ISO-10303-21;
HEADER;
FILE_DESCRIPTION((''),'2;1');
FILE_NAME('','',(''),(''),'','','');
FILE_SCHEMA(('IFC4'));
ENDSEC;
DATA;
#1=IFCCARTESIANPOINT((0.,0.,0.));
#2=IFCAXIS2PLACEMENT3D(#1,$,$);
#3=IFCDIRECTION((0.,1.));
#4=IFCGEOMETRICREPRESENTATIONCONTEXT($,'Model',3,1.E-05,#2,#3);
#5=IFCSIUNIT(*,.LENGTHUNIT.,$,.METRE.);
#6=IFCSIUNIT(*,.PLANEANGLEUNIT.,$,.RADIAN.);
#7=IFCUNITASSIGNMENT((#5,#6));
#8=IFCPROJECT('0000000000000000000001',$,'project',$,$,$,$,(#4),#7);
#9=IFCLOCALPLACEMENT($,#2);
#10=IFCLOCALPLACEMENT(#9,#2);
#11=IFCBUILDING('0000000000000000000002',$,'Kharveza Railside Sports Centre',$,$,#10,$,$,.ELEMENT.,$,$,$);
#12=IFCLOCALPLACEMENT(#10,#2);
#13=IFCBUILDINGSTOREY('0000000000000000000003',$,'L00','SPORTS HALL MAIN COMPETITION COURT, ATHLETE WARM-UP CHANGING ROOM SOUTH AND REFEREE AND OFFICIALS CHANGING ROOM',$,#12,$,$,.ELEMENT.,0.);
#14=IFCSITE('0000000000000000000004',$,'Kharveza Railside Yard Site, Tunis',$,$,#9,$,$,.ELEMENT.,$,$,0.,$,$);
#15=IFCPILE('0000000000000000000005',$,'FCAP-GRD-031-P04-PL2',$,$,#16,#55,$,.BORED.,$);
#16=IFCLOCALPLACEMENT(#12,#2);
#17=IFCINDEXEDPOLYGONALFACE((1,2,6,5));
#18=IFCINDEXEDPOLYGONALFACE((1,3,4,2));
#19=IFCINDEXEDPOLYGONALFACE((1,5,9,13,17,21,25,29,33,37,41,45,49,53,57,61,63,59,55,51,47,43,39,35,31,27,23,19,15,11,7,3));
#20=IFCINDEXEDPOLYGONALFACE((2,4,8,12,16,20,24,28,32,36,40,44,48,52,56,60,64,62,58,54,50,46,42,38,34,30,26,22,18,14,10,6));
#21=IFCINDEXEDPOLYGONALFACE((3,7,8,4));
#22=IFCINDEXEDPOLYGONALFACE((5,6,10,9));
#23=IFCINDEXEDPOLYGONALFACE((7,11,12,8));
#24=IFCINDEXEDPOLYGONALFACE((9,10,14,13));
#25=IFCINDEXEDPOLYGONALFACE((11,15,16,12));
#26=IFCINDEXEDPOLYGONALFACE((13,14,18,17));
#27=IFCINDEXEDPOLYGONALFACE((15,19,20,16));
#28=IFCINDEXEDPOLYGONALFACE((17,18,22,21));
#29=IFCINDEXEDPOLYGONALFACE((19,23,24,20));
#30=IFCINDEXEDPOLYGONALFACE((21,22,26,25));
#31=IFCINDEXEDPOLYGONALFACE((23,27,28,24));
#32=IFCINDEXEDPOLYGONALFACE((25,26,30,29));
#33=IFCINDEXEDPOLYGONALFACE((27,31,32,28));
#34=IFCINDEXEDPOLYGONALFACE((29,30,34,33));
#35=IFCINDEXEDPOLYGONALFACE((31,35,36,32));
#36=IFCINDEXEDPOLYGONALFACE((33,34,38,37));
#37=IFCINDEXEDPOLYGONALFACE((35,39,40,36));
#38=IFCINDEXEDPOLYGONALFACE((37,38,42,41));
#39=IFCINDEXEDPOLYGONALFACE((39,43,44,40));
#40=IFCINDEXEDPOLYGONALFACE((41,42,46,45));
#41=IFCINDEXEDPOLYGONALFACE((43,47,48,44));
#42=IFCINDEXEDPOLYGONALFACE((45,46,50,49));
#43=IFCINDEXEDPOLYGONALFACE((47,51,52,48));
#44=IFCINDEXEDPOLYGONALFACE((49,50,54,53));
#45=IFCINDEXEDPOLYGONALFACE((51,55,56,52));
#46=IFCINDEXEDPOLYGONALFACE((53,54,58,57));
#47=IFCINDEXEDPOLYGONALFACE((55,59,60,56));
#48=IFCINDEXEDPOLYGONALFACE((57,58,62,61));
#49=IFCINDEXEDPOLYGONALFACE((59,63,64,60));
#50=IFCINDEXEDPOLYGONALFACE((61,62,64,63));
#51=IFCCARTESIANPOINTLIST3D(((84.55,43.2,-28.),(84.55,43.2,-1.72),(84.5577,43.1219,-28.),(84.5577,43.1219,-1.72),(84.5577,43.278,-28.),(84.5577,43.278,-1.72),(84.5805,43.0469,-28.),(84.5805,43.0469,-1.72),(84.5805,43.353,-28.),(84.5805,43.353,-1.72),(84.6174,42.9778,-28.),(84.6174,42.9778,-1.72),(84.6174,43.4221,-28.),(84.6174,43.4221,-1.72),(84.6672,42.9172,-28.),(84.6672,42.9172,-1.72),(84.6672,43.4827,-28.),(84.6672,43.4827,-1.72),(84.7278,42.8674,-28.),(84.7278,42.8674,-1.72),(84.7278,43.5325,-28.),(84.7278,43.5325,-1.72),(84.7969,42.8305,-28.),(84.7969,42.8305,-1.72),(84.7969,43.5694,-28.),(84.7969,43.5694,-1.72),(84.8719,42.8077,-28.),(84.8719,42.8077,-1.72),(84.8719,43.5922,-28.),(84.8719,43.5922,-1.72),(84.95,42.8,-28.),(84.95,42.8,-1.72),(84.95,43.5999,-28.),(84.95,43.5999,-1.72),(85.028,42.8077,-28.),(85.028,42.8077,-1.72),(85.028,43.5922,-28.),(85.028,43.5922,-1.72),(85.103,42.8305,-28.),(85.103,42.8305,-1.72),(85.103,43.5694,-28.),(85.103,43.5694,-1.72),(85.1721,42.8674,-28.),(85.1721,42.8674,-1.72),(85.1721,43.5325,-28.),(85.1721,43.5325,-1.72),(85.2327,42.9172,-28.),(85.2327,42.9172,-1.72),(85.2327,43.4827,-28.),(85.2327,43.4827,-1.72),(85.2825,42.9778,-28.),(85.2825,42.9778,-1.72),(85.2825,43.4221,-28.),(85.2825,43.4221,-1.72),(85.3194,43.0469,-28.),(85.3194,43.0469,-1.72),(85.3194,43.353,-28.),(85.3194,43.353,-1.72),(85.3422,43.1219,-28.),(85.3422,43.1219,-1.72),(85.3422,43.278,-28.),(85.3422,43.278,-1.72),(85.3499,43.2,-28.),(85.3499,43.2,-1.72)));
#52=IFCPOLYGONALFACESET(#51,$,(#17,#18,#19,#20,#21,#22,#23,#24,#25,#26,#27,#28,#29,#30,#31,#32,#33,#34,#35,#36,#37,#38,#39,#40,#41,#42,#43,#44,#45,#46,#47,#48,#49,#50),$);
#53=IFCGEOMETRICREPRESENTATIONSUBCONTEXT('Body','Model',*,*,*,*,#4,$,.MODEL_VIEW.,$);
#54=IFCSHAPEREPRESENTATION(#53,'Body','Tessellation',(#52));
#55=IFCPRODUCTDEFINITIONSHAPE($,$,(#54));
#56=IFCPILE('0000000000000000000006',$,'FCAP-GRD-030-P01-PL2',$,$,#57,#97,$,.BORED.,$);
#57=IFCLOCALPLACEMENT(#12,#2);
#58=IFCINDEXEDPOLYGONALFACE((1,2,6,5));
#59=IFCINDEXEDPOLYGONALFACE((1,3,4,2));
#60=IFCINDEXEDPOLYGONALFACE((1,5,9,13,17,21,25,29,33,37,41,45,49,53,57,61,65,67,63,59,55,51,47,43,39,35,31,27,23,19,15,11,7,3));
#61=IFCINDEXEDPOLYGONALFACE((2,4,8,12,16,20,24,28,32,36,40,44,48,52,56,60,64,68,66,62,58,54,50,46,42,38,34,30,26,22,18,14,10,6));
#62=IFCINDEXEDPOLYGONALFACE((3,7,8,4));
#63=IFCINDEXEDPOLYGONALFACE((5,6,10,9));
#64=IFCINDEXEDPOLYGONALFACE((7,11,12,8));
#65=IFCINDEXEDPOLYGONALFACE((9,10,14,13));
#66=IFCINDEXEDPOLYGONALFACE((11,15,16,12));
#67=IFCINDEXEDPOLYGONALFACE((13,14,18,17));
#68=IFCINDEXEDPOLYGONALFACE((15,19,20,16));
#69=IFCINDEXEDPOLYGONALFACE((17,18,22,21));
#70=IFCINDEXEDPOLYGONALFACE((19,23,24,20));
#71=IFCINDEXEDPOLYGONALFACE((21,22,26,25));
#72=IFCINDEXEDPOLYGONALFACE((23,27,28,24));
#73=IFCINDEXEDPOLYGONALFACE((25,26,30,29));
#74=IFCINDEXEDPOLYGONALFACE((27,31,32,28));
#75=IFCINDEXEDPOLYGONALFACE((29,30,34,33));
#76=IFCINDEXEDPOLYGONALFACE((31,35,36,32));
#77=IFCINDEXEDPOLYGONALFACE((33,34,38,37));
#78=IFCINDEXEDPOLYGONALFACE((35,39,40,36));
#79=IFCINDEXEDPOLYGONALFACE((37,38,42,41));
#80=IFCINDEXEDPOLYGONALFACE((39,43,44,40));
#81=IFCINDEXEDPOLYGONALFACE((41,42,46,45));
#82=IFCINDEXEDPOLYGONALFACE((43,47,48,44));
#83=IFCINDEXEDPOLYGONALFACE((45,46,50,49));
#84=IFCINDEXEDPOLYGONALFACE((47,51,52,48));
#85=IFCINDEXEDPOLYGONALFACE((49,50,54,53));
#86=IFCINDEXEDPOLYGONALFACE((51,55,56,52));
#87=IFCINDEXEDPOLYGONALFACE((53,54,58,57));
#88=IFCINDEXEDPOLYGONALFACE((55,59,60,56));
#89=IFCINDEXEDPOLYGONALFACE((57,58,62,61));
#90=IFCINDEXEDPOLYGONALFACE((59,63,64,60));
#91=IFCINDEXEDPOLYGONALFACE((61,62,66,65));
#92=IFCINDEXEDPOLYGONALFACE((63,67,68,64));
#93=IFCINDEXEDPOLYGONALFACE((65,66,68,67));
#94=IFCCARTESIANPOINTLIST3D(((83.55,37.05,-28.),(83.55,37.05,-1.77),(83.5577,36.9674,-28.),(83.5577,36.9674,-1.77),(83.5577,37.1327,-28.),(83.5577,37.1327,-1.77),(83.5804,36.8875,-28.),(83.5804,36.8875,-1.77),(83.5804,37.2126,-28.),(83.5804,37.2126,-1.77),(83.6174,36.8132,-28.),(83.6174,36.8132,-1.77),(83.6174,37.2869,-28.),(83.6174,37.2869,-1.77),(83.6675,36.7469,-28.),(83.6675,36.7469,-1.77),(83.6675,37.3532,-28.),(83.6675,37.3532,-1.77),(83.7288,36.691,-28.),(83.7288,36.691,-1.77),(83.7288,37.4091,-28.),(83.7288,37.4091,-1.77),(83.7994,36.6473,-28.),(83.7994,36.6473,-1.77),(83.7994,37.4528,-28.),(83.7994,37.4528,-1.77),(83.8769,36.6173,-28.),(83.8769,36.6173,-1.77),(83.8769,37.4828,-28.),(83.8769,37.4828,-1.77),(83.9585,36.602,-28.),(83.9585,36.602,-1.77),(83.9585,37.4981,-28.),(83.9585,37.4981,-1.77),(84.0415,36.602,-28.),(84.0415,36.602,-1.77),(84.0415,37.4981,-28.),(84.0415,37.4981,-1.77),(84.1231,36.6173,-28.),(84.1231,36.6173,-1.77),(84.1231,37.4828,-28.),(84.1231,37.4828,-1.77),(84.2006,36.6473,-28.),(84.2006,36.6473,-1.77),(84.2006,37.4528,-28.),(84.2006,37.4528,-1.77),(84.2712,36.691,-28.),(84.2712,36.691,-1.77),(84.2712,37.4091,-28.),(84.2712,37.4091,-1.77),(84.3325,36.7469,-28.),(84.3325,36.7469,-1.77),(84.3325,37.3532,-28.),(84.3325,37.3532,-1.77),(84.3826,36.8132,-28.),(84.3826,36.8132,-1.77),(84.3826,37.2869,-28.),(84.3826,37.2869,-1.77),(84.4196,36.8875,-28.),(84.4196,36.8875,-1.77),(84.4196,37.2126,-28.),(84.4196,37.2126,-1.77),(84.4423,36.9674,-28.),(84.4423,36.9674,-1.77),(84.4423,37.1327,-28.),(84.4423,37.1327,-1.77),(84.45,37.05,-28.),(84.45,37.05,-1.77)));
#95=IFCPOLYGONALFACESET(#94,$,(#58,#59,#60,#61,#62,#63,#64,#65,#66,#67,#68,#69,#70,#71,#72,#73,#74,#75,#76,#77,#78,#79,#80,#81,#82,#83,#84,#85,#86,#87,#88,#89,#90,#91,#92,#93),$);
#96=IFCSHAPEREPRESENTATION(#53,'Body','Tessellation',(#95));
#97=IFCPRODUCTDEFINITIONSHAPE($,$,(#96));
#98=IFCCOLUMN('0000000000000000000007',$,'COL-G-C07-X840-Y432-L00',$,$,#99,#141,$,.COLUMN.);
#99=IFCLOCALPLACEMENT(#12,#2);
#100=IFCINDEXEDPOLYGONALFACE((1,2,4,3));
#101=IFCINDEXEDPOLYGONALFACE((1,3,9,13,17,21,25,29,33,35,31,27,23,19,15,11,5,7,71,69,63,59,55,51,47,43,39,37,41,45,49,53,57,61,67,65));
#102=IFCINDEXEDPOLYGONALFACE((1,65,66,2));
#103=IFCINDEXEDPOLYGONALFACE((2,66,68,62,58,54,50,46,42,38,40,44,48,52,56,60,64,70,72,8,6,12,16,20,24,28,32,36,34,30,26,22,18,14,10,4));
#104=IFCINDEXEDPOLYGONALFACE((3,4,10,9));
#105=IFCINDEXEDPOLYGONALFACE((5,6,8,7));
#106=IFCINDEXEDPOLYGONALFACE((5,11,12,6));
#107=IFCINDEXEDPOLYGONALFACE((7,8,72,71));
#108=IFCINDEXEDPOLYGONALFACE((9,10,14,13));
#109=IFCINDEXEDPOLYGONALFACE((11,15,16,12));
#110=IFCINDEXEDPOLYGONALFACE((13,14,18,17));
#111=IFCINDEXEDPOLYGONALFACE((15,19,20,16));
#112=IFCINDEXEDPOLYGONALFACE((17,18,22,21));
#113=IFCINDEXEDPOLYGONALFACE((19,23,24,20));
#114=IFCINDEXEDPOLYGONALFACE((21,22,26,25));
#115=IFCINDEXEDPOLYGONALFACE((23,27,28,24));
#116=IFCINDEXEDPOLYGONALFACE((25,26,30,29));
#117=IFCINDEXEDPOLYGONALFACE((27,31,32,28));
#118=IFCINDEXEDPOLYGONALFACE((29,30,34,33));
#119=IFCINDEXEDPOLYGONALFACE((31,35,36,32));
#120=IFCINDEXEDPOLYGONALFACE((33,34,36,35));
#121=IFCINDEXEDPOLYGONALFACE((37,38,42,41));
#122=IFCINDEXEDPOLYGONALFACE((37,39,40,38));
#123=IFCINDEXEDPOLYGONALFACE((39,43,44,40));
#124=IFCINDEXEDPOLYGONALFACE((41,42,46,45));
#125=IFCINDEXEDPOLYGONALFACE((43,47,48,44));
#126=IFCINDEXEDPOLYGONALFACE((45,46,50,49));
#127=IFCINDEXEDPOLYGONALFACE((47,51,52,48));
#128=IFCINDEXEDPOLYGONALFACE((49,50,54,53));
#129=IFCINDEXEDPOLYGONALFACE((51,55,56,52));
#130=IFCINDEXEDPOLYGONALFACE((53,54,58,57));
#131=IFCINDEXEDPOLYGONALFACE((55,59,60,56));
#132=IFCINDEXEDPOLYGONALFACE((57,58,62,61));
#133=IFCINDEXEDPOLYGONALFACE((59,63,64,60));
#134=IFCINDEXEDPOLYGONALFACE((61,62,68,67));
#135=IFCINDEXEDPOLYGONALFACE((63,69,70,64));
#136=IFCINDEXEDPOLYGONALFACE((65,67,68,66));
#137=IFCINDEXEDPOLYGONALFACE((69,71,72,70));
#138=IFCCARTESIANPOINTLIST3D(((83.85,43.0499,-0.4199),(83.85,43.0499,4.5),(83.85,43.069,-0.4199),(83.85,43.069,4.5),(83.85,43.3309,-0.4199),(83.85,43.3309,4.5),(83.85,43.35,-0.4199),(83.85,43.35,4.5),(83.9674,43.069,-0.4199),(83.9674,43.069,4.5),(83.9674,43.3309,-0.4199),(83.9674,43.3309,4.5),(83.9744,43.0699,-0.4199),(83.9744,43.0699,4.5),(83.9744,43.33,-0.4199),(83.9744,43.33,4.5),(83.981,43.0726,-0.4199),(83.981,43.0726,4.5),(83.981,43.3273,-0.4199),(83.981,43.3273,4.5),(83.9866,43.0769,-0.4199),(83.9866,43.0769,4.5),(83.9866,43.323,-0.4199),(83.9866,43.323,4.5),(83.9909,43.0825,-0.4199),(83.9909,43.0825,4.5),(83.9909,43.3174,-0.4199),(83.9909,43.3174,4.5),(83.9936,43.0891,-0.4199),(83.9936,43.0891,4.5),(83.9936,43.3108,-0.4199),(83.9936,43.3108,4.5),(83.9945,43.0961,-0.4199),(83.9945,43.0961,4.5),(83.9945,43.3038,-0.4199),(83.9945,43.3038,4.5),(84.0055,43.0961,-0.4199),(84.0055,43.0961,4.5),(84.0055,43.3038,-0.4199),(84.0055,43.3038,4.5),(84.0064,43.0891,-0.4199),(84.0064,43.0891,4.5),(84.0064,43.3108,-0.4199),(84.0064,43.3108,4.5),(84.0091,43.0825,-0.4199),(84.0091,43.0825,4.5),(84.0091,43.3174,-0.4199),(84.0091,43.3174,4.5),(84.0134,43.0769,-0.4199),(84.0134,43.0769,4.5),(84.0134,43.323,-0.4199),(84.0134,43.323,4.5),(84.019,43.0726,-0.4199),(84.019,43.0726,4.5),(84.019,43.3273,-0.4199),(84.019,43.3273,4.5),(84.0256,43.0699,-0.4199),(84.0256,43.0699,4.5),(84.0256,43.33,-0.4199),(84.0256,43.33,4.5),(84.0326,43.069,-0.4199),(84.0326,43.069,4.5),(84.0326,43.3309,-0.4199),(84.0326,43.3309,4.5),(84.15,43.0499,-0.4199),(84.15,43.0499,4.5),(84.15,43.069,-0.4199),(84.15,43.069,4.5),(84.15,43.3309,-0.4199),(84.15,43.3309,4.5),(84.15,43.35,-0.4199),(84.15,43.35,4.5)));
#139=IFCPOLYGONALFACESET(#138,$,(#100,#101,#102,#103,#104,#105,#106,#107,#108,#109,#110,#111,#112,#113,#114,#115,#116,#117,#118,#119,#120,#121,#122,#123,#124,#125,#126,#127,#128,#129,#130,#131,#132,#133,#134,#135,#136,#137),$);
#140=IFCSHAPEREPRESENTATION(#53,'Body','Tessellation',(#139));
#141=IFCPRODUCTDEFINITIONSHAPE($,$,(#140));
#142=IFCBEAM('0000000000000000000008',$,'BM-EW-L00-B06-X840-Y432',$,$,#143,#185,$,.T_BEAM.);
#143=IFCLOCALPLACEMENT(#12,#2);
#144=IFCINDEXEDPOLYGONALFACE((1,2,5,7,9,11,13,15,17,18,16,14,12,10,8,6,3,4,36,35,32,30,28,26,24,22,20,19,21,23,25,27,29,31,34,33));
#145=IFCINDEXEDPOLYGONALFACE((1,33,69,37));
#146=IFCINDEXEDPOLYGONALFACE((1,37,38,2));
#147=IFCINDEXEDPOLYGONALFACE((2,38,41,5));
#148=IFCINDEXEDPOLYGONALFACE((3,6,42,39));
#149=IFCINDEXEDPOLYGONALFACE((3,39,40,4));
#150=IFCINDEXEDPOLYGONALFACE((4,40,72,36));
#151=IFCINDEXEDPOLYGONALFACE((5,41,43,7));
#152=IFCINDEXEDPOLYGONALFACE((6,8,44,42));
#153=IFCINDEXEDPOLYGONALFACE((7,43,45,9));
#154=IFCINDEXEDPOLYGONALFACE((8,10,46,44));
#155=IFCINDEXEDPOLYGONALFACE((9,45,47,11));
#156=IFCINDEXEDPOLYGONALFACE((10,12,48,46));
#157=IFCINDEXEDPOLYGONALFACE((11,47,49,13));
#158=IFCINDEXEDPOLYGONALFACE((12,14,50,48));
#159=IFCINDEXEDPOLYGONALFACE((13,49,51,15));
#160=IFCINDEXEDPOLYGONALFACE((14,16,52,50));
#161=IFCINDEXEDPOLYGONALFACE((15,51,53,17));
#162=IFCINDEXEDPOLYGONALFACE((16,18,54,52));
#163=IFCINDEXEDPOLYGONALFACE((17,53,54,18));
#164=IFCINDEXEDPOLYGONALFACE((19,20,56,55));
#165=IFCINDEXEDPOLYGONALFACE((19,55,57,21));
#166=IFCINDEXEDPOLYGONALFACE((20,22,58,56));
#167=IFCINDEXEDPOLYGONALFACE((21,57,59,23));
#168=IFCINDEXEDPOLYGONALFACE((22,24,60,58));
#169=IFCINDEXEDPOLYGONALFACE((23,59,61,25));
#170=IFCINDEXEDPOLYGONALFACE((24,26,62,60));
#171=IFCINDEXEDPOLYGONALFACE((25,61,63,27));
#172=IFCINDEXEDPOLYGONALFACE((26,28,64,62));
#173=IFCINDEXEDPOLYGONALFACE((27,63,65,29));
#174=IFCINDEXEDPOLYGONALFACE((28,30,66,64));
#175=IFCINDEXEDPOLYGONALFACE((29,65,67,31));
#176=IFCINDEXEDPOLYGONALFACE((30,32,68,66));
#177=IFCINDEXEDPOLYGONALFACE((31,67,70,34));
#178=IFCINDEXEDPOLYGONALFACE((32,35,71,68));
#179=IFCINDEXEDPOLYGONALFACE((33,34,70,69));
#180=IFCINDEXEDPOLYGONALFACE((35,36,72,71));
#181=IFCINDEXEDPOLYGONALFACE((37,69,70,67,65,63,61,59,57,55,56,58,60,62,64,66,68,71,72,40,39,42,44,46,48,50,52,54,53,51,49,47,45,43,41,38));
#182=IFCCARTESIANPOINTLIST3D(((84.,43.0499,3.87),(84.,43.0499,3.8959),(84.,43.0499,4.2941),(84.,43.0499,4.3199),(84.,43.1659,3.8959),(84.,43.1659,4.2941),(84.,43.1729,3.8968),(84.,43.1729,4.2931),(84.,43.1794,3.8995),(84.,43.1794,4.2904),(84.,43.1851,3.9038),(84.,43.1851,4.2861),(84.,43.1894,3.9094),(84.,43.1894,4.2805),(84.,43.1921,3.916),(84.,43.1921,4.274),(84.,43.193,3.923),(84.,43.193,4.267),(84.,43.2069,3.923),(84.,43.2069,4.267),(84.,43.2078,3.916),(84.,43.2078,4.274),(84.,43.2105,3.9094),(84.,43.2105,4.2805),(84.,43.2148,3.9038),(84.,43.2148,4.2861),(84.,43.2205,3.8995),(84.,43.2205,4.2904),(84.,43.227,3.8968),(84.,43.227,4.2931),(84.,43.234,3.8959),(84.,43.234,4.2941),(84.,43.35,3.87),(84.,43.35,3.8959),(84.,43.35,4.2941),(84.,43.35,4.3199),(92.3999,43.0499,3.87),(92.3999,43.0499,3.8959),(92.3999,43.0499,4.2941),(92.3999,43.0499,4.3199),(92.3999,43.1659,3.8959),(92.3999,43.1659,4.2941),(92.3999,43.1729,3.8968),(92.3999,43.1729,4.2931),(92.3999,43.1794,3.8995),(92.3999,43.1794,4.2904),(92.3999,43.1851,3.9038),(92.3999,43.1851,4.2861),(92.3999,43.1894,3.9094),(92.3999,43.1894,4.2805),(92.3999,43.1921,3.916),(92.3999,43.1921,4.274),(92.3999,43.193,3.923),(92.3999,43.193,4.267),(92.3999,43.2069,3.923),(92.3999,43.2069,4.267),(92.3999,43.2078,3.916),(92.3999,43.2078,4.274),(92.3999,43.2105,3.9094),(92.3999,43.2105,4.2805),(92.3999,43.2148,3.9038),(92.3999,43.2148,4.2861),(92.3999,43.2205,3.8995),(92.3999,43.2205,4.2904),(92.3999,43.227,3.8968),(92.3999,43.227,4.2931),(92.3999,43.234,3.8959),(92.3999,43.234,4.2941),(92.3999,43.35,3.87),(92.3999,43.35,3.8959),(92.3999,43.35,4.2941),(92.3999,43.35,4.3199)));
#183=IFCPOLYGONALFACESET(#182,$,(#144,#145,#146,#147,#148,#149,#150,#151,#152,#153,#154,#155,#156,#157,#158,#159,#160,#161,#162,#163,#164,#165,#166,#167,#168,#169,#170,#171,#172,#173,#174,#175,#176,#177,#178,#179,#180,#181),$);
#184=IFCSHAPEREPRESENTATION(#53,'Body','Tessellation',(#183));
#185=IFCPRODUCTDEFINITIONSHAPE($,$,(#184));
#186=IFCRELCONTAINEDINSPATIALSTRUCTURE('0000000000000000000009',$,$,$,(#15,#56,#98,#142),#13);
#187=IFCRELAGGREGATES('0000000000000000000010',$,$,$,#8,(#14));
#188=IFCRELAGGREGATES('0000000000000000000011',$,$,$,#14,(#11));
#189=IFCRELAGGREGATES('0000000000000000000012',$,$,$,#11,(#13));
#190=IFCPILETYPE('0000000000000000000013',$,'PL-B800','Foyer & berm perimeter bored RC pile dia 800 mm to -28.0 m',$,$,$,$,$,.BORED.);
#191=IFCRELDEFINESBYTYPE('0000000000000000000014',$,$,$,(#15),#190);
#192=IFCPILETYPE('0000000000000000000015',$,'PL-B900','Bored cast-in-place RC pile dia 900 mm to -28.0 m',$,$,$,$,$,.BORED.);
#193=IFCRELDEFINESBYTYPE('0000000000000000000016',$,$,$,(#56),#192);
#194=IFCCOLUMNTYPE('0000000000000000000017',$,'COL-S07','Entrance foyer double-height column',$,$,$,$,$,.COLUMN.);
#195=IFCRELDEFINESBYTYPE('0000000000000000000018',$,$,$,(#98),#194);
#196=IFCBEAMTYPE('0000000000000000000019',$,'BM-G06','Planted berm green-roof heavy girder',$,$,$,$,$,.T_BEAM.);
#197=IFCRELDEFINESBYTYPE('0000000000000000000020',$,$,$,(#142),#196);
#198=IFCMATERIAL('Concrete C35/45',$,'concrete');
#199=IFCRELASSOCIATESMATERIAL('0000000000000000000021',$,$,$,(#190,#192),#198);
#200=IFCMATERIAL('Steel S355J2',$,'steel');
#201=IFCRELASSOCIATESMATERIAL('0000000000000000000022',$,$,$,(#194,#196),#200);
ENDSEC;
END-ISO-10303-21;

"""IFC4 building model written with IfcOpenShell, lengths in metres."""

from ifc_helpers import new_model, si_unit, direction, frame, origin, origin_2d, place, context, subcontext, project, spatial, circle, i_section, extrude, material, material_profile, profile_set, type_object, element, save


model = new_model("IFC4")

# Units and contexts
model_context = context("Model", 3, precision=1e-05, world=origin(), true_north=direction((0.0, 1.0)))
body_context = subcontext(model_context, "Body", "Model", "MODEL_VIEW")
ifc_project = project(units=[si_unit("LENGTHUNIT", "METRE"), si_unit("PLANEANGLEUNIT", "RADIAN")], contexts=[model_context])

# Site, building, storey
site_placement = place(None, origin())
site = spatial("IfcSite", under=ifc_project, at=site_placement, Name="Kharveza Railside Yard Site, Tunis", CompositionType="ELEMENT", RefElevation=0.0)
building_placement = place(site_placement, origin())
building = spatial("IfcBuilding", under=site, at=building_placement, Name="Kharveza Railside Sports Centre", CompositionType="ELEMENT")
storey_placement = place(building_placement, origin())
storey = spatial("IfcBuildingStorey", under=building, at=storey_placement, Name="L00", Description="SPORTS HALL MAIN COMPETITION COURT, ATHLETE WARM-UP CHANGING ROOM SOUTH AND REFEREE AND OFFICIALS CHANGING ROOM", CompositionType="ELEMENT", Elevation=0.0)

# Shared definitions
ifc_material_1 = material(Name="Concrete C35/45", Category="concrete")

# Piles
ifc_material_profile_1 = material_profile(ifc_material_1, circle(Radius=0.3999, at=origin_2d()), Name="PILE D800")
ifc_profile_set_1 = profile_set([ifc_material_profile_1], Name="Concrete C35/45")
pile_type_1 = type_object("IfcPileType", Name="PL-B800", Description="Foyer & berm perimeter bored RC pile dia 800 mm to -28.0 m", PredefinedType="BORED", material=ifc_profile_set_1)
for number, where, z_axis, x_axis, name in (
    (1, (84.95, 43.2, -1.72), (0.0, 0.0, -1.0), (1.0, 0.0, 0.0), "FCAP-GRD-031-P04-PL2"),
):
    element("IfcPile", number, at=place(storey_placement, frame(where, z_axis=z_axis, x_axis=x_axis)), inside=storey, type_object=pile_type_1, Name=name, PredefinedType="BORED", context=body_context, shape_type="SweptSolid", body=[
        extrude(circle(Radius=0.3999, at=origin_2d()), origin(), (0.0, 0.0, 1.0), 26.28),
    ])
ifc_material_profile_2 = material_profile(ifc_material_1, circle(Radius=0.45, at=origin_2d()), Name="PILE D900")
ifc_profile_set_2 = profile_set([ifc_material_profile_2], Name="Concrete C35/45")
pile_type_2 = type_object("IfcPileType", Name="PL-B900", Description="Bored cast-in-place RC pile dia 900 mm to -28.0 m", PredefinedType="BORED", material=ifc_profile_set_2)
pile_placement = place(storey_placement, frame((84.0, 37.05, -1.77), z_axis=(0.0, 0.0, -1.0), x_axis=(1.0, 0.0, 0.0)))
element("IfcPile", 2, at=pile_placement, inside=storey, type_object=pile_type_2, Name="FCAP-GRD-030-P01-PL2", PredefinedType="BORED", context=body_context, shape_type="SweptSolid", body=[
    extrude(circle(Radius=0.45, at=origin_2d()), origin(), (0.0, 0.0, 1.0), 26.23),
])

# Column
ifc_material_2 = material(Name="Steel S355J2", Category="steel")
ifc_material_profile_3 = material_profile(ifc_material_2, i_section(OverallWidth=0.3, OverallDepth=0.3, WebThickness=0.011, FlangeThickness=0.019, FilletRadius=0.0271, at=origin_2d()), Name="HEB 300")
ifc_profile_set_3 = profile_set([ifc_material_profile_3], Name="Steel S355J2")
column_type = type_object("IfcColumnType", Name="COL-S07", Description="Entrance foyer double-height column", PredefinedType="COLUMN", material=ifc_profile_set_3)
column_placement = place(storey_placement, frame((84.0, 43.2, -0.4199), z_axis=(0.0, 0.0, 1.0), x_axis=(1.0, 0.0, 0.0)))
element("IfcColumn", 3, at=column_placement, inside=storey, type_object=column_type, Name="COL-G-C07-X840-Y432-L00", PredefinedType="COLUMN", context=body_context, shape_type="SweptSolid", body=[
    extrude(i_section(OverallWidth=0.3, OverallDepth=0.3, WebThickness=0.011, FlangeThickness=0.019, FilletRadius=0.0271, at=origin_2d()), origin(), (0.0, 0.0, 1.0), 4.9199),
])

# Beam
ifc_material_profile_4 = material_profile(ifc_material_2, i_section(OverallWidth=0.3, OverallDepth=0.45, WebThickness=0.0139, FlangeThickness=0.0259, FilletRadius=0.0271, at=origin_2d()), Name="HEB 450")
ifc_profile_set_4 = profile_set([ifc_material_profile_4], Name="Steel S355J2")
beam_type_1 = type_object("IfcBeamType", Name="BM-G06", Description="Planted berm green-roof heavy girder", PredefinedType="T_BEAM", material=ifc_profile_set_4)
beam_1_placement = place(storey_placement, frame((84.0, 43.2, 4.095), z_axis=(1.0, 0.0, 0.0), x_axis=(0.0, 1.0, 0.0)))
element("IfcBeam", 4, at=beam_1_placement, inside=storey, type_object=beam_type_1, Name="BM-EW-L00-B06-X840-Y432", PredefinedType="T_BEAM", context=body_context, shape_type="SweptSolid", body=[
    extrude(i_section(OverallWidth=0.3, OverallDepth=0.45, WebThickness=0.0139, FlangeThickness=0.0259, FilletRadius=0.0271, at=origin_2d()), origin(), (0.0, 0.0, 1.0), 8.3999),
])

save(model, "model.ifc")
